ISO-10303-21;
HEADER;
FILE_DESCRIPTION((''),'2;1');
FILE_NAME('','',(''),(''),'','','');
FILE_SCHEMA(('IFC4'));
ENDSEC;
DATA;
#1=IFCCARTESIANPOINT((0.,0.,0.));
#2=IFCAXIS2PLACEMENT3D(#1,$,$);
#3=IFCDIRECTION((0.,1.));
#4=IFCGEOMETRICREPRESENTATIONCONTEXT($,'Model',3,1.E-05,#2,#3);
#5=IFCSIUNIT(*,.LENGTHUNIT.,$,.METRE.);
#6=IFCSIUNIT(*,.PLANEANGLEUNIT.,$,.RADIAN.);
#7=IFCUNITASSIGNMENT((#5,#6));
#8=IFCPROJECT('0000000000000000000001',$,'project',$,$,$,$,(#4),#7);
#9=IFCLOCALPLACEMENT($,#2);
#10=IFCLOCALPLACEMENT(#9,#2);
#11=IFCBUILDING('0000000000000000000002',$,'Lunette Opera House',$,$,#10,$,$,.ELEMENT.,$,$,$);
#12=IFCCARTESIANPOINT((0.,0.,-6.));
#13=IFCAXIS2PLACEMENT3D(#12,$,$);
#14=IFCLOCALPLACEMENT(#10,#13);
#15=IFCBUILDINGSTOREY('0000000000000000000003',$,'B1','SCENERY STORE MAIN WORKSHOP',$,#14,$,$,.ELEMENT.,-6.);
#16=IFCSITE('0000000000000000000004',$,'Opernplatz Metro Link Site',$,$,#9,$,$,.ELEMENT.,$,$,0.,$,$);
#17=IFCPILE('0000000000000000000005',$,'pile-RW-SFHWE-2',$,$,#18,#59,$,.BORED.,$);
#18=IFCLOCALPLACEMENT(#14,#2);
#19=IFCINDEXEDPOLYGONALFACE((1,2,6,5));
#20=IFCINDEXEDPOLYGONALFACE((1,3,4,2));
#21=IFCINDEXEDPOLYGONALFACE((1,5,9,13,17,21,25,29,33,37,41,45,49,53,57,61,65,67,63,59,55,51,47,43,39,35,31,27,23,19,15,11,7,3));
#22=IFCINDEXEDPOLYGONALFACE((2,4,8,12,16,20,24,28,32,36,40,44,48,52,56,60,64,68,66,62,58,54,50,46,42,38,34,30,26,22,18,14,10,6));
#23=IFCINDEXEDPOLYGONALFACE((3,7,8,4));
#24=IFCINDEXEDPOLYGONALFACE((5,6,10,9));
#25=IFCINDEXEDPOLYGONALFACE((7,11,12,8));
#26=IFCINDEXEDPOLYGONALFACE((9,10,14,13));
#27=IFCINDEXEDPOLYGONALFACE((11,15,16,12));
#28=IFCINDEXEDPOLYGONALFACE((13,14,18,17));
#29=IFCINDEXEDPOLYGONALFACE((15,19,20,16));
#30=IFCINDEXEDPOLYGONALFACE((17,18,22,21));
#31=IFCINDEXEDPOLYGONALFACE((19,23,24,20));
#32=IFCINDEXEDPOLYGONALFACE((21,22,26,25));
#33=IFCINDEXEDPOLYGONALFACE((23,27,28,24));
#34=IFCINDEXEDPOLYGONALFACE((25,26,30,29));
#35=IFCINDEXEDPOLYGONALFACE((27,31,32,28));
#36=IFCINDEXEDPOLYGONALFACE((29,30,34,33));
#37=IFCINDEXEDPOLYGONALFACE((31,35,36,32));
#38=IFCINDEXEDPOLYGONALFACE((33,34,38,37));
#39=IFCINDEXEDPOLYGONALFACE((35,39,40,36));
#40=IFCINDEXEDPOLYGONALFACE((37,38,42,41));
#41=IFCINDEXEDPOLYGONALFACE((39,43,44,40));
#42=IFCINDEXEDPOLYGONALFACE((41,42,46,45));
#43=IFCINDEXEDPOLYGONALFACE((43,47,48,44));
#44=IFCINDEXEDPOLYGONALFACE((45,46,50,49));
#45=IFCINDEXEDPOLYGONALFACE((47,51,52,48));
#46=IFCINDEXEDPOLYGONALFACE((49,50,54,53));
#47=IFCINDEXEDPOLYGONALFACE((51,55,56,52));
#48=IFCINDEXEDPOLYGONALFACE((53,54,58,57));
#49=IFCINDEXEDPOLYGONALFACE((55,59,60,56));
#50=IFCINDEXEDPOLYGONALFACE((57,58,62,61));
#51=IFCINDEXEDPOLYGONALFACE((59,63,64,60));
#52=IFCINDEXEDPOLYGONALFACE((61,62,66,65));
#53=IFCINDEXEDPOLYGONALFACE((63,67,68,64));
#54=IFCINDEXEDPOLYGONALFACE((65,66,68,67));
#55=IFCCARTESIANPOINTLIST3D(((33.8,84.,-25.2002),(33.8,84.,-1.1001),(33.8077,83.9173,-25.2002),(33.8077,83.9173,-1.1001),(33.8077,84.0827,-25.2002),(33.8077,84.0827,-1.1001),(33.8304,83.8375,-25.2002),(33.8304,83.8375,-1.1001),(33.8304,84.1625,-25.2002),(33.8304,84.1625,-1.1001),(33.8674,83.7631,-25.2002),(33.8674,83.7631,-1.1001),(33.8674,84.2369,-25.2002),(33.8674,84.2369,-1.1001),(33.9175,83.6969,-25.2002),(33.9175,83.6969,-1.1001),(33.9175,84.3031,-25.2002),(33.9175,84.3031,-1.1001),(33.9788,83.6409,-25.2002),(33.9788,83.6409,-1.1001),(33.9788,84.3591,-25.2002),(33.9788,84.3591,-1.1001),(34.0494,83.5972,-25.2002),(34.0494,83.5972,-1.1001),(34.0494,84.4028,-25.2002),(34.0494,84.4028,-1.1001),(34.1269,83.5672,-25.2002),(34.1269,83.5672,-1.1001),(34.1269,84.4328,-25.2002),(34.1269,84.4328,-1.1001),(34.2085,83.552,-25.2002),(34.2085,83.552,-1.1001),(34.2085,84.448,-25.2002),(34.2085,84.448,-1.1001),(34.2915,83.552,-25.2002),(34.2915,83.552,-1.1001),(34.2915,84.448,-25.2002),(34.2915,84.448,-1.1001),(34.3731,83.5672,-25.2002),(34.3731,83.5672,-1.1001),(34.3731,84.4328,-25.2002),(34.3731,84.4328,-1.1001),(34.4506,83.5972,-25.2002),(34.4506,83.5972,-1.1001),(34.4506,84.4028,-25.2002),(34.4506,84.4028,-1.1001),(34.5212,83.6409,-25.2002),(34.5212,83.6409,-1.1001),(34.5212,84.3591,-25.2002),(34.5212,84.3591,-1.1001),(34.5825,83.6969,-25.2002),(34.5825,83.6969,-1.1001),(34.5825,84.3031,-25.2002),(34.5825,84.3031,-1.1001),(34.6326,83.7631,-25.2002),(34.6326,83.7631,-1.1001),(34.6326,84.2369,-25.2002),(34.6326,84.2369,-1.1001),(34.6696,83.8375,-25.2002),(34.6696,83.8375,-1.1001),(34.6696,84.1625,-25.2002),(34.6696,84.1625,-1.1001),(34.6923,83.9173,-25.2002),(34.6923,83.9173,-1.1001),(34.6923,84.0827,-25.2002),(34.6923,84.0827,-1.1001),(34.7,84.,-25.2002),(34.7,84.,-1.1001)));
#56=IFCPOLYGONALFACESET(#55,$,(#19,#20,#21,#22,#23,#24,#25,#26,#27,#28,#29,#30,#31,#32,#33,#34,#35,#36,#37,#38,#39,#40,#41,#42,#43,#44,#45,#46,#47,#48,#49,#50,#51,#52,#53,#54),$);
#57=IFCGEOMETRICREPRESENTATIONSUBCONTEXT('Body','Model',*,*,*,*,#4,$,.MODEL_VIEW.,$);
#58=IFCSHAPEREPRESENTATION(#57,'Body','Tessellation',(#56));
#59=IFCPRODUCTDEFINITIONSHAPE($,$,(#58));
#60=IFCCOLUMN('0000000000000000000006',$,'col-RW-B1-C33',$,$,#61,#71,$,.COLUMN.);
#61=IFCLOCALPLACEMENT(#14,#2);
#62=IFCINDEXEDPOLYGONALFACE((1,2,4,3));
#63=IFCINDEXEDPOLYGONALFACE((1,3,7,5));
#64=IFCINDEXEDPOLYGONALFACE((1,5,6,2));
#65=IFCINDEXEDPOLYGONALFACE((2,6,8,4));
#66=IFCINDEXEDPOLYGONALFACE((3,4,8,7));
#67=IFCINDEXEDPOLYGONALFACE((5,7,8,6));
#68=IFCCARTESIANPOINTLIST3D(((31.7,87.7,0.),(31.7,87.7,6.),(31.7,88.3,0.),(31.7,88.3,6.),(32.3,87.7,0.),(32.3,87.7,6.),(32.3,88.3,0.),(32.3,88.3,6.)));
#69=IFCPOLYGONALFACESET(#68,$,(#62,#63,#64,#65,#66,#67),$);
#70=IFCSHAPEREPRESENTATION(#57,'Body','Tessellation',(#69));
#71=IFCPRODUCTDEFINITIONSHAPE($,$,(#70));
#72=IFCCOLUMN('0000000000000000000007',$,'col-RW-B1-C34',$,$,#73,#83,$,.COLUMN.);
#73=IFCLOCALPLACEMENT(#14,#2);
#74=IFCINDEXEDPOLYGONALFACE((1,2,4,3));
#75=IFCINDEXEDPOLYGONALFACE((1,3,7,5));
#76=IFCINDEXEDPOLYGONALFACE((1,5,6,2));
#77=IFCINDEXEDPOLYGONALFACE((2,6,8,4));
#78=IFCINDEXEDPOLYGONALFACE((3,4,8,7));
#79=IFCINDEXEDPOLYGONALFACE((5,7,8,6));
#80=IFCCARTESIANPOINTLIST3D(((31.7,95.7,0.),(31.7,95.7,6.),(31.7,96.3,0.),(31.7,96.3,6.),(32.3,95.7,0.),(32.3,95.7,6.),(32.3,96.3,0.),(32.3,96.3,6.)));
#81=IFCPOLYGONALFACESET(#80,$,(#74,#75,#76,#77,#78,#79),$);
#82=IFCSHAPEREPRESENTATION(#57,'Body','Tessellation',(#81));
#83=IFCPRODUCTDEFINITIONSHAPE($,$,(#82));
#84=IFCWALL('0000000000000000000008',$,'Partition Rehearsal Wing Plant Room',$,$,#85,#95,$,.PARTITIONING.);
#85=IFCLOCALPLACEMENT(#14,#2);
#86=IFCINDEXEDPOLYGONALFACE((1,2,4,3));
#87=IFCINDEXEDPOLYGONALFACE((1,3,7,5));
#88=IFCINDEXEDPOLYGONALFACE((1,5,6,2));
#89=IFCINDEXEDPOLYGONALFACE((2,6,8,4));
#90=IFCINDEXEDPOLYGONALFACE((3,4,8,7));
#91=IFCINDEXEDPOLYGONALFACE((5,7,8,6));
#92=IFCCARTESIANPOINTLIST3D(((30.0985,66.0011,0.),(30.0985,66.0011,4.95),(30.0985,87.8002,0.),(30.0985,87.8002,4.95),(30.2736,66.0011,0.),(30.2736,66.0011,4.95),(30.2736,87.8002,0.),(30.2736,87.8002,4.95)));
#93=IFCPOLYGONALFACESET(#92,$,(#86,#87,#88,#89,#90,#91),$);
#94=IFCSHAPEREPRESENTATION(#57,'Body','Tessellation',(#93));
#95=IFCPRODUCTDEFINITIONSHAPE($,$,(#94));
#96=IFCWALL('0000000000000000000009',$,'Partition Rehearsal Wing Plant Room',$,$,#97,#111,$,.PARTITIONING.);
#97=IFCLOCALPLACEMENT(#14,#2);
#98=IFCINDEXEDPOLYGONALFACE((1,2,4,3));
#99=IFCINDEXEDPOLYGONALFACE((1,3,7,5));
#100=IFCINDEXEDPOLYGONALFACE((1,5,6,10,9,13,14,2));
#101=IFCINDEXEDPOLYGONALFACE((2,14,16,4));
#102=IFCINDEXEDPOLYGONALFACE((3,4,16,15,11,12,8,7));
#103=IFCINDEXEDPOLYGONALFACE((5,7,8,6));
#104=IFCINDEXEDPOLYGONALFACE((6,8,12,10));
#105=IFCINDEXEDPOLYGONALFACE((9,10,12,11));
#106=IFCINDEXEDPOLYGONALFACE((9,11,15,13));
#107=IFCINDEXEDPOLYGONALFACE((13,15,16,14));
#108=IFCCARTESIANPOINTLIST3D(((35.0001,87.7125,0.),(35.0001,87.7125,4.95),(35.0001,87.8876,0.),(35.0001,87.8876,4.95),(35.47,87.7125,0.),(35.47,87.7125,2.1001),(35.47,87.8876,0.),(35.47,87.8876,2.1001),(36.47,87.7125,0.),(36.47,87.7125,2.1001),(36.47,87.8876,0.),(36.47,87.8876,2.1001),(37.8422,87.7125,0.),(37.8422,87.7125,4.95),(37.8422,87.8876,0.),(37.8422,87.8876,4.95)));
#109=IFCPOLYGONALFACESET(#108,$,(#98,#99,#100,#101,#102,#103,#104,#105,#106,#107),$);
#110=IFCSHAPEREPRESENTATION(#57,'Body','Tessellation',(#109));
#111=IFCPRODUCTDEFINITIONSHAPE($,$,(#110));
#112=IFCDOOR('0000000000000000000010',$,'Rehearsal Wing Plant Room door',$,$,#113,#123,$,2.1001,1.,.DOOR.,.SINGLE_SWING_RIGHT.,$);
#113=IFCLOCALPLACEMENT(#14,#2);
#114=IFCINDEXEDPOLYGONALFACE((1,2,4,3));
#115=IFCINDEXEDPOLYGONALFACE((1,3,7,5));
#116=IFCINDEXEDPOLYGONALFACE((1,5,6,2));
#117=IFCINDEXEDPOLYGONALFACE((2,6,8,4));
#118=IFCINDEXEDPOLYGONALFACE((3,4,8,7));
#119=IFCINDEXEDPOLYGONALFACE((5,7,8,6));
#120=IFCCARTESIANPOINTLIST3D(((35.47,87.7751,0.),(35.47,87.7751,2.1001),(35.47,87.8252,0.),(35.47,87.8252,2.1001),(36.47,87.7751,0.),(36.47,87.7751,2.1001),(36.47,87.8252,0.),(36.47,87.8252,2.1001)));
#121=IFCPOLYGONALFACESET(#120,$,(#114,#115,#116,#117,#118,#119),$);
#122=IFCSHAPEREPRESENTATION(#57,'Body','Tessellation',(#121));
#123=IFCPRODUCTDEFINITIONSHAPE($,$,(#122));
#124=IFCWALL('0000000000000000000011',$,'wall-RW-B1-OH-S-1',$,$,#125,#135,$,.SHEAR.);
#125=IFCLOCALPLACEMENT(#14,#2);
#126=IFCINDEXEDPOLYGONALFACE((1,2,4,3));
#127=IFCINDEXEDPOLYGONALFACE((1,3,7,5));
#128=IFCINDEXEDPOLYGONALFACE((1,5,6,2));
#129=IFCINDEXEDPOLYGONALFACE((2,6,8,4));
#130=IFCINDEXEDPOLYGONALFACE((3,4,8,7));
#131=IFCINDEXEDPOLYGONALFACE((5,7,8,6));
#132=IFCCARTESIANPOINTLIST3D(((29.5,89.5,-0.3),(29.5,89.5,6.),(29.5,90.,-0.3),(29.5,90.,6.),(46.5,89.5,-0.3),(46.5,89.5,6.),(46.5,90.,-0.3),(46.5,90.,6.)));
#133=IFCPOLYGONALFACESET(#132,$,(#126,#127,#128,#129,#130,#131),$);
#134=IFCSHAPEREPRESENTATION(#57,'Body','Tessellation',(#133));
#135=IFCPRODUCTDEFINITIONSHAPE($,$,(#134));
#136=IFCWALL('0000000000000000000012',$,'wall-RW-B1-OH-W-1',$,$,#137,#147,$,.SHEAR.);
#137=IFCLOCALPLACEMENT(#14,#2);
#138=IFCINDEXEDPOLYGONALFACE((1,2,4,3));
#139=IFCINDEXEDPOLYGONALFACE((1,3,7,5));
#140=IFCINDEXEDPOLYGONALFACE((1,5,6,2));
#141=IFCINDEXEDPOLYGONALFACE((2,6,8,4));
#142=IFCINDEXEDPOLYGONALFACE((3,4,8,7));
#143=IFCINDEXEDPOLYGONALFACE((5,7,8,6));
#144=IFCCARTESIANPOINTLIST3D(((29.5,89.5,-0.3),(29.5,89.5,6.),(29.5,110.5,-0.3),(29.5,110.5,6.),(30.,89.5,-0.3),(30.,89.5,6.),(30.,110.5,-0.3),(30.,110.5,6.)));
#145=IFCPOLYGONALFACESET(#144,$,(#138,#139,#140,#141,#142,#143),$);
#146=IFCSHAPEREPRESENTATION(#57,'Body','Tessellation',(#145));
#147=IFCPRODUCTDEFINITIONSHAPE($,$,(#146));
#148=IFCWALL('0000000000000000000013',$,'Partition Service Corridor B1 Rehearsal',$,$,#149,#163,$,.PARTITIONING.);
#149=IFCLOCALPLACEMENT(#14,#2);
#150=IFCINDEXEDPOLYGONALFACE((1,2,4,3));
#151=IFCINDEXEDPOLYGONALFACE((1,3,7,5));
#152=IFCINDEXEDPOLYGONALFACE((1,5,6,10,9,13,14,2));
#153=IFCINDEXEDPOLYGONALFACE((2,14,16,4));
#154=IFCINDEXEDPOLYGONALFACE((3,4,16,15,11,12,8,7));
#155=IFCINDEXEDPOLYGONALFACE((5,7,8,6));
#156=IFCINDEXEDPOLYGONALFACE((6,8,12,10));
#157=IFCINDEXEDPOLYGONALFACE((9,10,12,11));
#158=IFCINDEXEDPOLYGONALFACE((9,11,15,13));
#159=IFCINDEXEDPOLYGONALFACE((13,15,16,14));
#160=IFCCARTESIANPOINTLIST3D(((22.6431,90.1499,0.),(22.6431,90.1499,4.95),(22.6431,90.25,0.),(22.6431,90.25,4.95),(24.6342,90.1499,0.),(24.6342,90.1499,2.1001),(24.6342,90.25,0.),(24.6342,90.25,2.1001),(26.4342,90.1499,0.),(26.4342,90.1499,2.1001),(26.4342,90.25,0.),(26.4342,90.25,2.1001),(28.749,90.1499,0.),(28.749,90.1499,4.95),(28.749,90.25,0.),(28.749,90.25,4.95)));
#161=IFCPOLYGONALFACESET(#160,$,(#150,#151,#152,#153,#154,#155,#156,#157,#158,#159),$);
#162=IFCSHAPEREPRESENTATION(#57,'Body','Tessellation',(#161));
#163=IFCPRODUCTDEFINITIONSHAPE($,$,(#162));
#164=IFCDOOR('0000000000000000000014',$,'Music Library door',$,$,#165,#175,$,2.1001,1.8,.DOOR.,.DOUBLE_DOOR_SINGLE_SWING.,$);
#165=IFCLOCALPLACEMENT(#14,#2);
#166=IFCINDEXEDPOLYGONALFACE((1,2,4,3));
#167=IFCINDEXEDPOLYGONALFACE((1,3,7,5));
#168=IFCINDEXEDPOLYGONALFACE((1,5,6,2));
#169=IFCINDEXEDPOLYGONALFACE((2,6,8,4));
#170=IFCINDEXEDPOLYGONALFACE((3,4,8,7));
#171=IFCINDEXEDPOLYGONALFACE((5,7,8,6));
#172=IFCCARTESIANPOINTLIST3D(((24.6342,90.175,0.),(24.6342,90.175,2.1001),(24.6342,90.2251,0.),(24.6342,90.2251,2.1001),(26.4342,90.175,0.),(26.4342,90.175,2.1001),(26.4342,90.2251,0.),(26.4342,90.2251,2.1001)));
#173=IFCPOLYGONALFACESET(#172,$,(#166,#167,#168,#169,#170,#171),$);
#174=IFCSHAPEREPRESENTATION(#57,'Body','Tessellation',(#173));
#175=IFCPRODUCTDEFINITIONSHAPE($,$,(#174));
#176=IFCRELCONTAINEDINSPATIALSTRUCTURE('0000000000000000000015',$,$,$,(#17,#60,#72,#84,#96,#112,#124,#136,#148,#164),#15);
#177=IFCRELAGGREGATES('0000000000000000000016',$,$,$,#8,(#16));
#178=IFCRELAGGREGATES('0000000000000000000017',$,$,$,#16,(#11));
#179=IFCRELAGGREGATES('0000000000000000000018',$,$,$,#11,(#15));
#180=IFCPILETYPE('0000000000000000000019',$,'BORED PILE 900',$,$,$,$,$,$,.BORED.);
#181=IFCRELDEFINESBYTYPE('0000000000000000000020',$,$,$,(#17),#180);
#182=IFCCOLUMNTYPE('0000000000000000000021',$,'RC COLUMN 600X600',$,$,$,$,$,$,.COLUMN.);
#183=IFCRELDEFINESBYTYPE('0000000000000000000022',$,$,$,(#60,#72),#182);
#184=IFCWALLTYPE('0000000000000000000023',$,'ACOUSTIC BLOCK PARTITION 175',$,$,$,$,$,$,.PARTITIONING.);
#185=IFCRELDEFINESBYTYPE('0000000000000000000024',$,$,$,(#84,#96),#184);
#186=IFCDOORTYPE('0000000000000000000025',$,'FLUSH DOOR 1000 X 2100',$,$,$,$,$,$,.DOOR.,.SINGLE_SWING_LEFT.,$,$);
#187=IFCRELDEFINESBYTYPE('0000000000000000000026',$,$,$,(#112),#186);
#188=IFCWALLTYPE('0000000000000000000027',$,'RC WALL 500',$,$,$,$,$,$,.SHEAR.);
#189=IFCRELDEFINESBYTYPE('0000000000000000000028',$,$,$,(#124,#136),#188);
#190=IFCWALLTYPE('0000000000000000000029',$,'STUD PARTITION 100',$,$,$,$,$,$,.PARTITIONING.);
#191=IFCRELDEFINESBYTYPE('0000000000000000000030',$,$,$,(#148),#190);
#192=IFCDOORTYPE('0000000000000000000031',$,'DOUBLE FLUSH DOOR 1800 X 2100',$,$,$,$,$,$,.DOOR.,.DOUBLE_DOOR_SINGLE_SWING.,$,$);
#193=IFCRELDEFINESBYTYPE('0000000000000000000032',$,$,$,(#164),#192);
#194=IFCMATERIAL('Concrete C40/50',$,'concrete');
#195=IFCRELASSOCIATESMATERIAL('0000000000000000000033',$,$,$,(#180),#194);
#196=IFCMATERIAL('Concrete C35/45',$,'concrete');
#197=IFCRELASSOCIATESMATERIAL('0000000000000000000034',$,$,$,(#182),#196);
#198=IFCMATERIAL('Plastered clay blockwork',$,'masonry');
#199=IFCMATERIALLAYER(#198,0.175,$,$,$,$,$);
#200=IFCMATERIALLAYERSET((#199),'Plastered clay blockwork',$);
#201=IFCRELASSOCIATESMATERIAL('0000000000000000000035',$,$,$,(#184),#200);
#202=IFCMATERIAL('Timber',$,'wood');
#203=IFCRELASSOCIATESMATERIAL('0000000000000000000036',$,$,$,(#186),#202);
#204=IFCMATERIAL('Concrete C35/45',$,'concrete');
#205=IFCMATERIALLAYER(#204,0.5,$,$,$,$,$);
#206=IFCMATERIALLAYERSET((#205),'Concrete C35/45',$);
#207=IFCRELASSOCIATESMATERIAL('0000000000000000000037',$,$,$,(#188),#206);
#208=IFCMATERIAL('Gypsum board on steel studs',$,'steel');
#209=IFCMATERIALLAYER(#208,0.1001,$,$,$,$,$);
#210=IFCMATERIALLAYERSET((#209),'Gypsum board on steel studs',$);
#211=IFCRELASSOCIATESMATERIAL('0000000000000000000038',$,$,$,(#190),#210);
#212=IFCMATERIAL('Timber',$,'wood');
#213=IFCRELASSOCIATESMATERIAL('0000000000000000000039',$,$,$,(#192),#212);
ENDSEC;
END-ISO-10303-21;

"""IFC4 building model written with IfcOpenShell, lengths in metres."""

from ifc_helpers import new_model, si_unit, direction, frame, frame_2d, origin, origin_2d, place, context, subcontext, project, spatial, rectangle, circle, extrude, material, layer, layer_set, material_profile, profile_set, type_object, element, fill, save


model = new_model("IFC4")

# Units and contexts
model_context = context("Model", 3, precision=1e-05, world=origin(), true_north=direction((0.0, 1.0)))
body_context = subcontext(model_context, "Body", "Model", "MODEL_VIEW")
ifc_project = project(units=[si_unit("LENGTHUNIT", "METRE"), si_unit("PLANEANGLEUNIT", "RADIAN")], contexts=[model_context])

# Site, building, storey
site_placement = place(None, origin())
site = spatial("IfcSite", under=ifc_project, at=site_placement, Name="Opernplatz Metro Link Site", CompositionType="ELEMENT", RefElevation=0.0)
building_placement = place(site_placement, origin())
building = spatial("IfcBuilding", under=site, at=building_placement, Name="Lunette Opera House", CompositionType="ELEMENT")
storey_placement = place(building_placement, frame((0.0, 0.0, -6.0)))
storey = spatial("IfcBuildingStorey", under=building, at=storey_placement, Name="B1", Description="SCENERY STORE MAIN WORKSHOP", CompositionType="ELEMENT", Elevation=-6.0)

# Pile
ifc_material_1 = material(Name="Concrete C40/50", Category="concrete")
ifc_material_profile_1 = material_profile(ifc_material_1, circle(Radius=0.45, at=origin_2d()), Name="BORED PILE 900")
ifc_profile_set_1 = profile_set([ifc_material_profile_1], Name="Concrete C40/50")
pile_type = type_object("IfcPileType", Name="BORED PILE 900", PredefinedType="BORED", material=ifc_profile_set_1)
for number, where, z_axis, x_axis, name in (
    (1, (34.25, 84.0, -1.1001), (0.0, 0.0, -1.0), (1.0, 0.0, 0.0), "pile-RW-SFHWE-2"),
):
    element("IfcPile", number, at=place(storey_placement, frame(where, z_axis=z_axis, x_axis=x_axis)), inside=storey, type_object=pile_type, Name=name, PredefinedType="BORED", context=body_context, shape_type="SweptSolid", body=[
        extrude(circle(Radius=0.45, at=origin_2d()), origin(), (0.0, 0.0, 1.0), 24.1001),
    ])

# Columns
ifc_material_2 = material(Name="Concrete C35/45", Category="concrete")
ifc_material_profile_2 = material_profile(ifc_material_2, rectangle(XDim=0.6001, YDim=0.6001, at=origin_2d()), Name="RC COLUMN 600X600")
ifc_profile_set_2 = profile_set([ifc_material_profile_2], Name="Concrete C35/45")
column_type = type_object("IfcColumnType", Name="RC COLUMN 600X600", PredefinedType="COLUMN", material=ifc_profile_set_2)
for number, where, z_axis, x_axis, name in (
    (2, (32.0, 88.0, 0.0), (0.0, 0.0, 1.0), (1.0, 0.0, 0.0), "col-RW-B1-C33"),
    (3, (32.0, 96.0, 0.0), (0.0, 0.0, 1.0), (1.0, 0.0, 0.0), "col-RW-B1-C34"),
):
    element("IfcColumn", number, at=place(storey_placement, frame(where, z_axis=z_axis, x_axis=x_axis)), inside=storey, type_object=column_type, Name=name, PredefinedType="COLUMN", context=body_context, shape_type="SweptSolid", body=[
        extrude(rectangle(XDim=0.6001, YDim=0.6001, at=origin_2d()), origin(), (0.0, 0.0, 1.0), 6.0),
    ])

# Wall
ifc_material_3 = material(Name="Plastered clay blockwork", Category="masonry")
ifc_layer_1 = layer(ifc_material_3, 0.175)
ifc_layer_set_1 = layer_set([ifc_layer_1], Name="Plastered clay blockwork")
wall_type_1 = type_object("IfcWallType", Name="ACOUSTIC BLOCK PARTITION 175", PredefinedType="PARTITIONING", material=ifc_layer_set_1)
wall_1_placement = place(storey_placement, frame((30.186, 87.8, 0.0), z_axis=(0.0, 0.0, 1.0), x_axis=(0.0, -1.0, 0.0)))
element("IfcWall", 4, at=wall_1_placement, inside=storey, type_object=wall_type_1, Name="Partition Rehearsal Wing Plant Room", PredefinedType="PARTITIONING", context=body_context, shape_type="SweptSolid", body=[
    extrude(rectangle(XDim=21.7991, YDim=0.175, at=frame_2d((10.8994, 0.0))), origin(), (0.0, 0.0, 1.0), 4.95),
])

# Wall, opening, door
wall_2_placement = place(storey_placement, frame((37.842, 87.8, 0.0), z_axis=(0.0, 0.0, 1.0), x_axis=(-1.0, 0.0, 0.0)))
wall_2 = element("IfcWall", 5, at=wall_2_placement, inside=storey, type_object=wall_type_1, Name="Partition Rehearsal Wing Plant Room", PredefinedType="PARTITIONING", context=body_context, shape_type="SweptSolid", body=[
    extrude(rectangle(XDim=2.842, YDim=0.175, at=frame_2d((1.4209, 0.0))), origin(), (0.0, 0.0, 1.0), 4.95),
])
opening_1_placement = place(wall_2_placement, frame((1.3721, 0.0, 0.0)))
opening_1 = element("IfcOpeningElement", 6, at=opening_1_placement, cuts=wall_2, PredefinedType="OPENING", context=body_context, shape_type="SweptSolid", body=[
    extrude(rectangle(XDim=1.0, YDim=2.1001, at=frame_2d((0.5, 1.05))), frame((0.0, 0.0996, 0.0), z_axis=(0.0, -1.0, 0.0), x_axis=(1.0, 0.0, 0.0)), (0.0, 0.0, 1.0), 0.199),
])
ifc_material_4 = material(Name="Timber", Category="wood")
door_type_1 = type_object("IfcDoorType", Name="FLUSH DOOR 1000 X 2100", OperationType="SINGLE_SWING_LEFT", PredefinedType="DOOR", material=ifc_material_4)
door_1_placement = place(opening_1_placement, origin())
door_1 = element("IfcDoor", 7, at=door_1_placement, inside=storey, type_object=door_type_1, Name="Rehearsal Wing Plant Room door", OperationType="SINGLE_SWING_RIGHT", OverallHeight=2.1001, OverallWidth=1.0, PredefinedType="DOOR", context=body_context, shape_type="SweptSolid", body=[
    extrude(rectangle(XDim=1.0, YDim=2.1001, at=frame_2d((0.5, 1.05))), frame((0.0, 0.0249, 0.0), z_axis=(0.0, -1.0, 0.0), x_axis=(1.0, 0.0, 0.0)), (0.0, 0.0, 1.0), 0.05),
])
fill(opening_1, door_1)

# Walls
ifc_material_5 = material(Name="Concrete C35/45", Category="concrete")
ifc_layer_2 = layer(ifc_material_5, 0.5)
ifc_layer_set_2 = layer_set([ifc_layer_2], Name="Concrete C35/45")
wall_type_2 = type_object("IfcWallType", Name="RC WALL 500", PredefinedType="SHEAR", material=ifc_layer_set_2)
wall_3_placement = place(storey_placement, frame((29.5, 89.75, -0.3), z_axis=(0.0, 0.0, 1.0), x_axis=(1.0, 0.0, 0.0)))
element("IfcWall", 8, at=wall_3_placement, inside=storey, type_object=wall_type_2, Name="wall-RW-B1-OH-S-1", PredefinedType="SHEAR", context=body_context, shape_type="SweptSolid", body=[
    extrude(rectangle(XDim=17.0, YDim=0.5, at=frame_2d((8.5, 0.0))), origin(), (0.0, 0.0, 1.0), 6.3),
])
wall_4_placement = place(storey_placement, frame((29.75, 89.5, -0.3), z_axis=(0.0, 0.0, 1.0), x_axis=(0.0, 1.0, 0.0)))
element("IfcWall", 9, at=wall_4_placement, inside=storey, type_object=wall_type_2, Name="wall-RW-B1-OH-W-1", PredefinedType="SHEAR", context=body_context, shape_type="SweptSolid", body=[
    extrude(rectangle(XDim=21.0, YDim=0.5, at=frame_2d((10.5, 0.0))), origin(), (0.0, 0.0, 1.0), 6.3),
])

# Wall, opening, door
ifc_material_6 = material(Name="Gypsum board on steel studs", Category="steel")
ifc_layer_3 = layer(ifc_material_6, 0.1001)
ifc_layer_set_3 = layer_set([ifc_layer_3], Name="Gypsum board on steel studs")
wall_type_3 = type_object("IfcWallType", Name="STUD PARTITION 100", PredefinedType="PARTITIONING", material=ifc_layer_set_3)
wall_5_placement = place(storey_placement, frame((28.749, 90.2, 0.0), z_axis=(0.0, 0.0, 1.0), x_axis=(-1.0, 0.0, 0.0)))
wall_5 = element("IfcWall", 10, at=wall_5_placement, inside=storey, type_object=wall_type_3, Name="Partition Service Corridor B1 Rehearsal", PredefinedType="PARTITIONING", context=body_context, shape_type="SweptSolid", body=[
    extrude(rectangle(XDim=6.106, YDim=0.1001, at=frame_2d((3.053, 0.0))), origin(), (0.0, 0.0, 1.0), 4.95),
])
opening_2_placement = place(wall_5_placement, frame((2.3149, 0.0, 0.0)))
opening_2 = element("IfcOpeningElement", 11, at=opening_2_placement, cuts=wall_5, PredefinedType="OPENING", context=body_context, shape_type="SweptSolid", body=[
    extrude(rectangle(XDim=1.8, YDim=2.1001, at=frame_2d((0.8999, 1.05))), frame((0.0, 0.062, 0.0), z_axis=(0.0, -1.0, 0.0), x_axis=(1.0, 0.0, 0.0)), (0.0, 0.0, 1.0), 0.124),
])
ifc_material_7 = material(Name="Timber", Category="wood")
door_type_2 = type_object("IfcDoorType", Name="DOUBLE FLUSH DOOR 1800 X 2100", OperationType="DOUBLE_DOOR_SINGLE_SWING", PredefinedType="DOOR", material=ifc_material_7)
door_2_placement = place(opening_2_placement, origin())
door_2 = element("IfcDoor", 12, at=door_2_placement, inside=storey, type_object=door_type_2, Name="Music Library door", OperationType="DOUBLE_DOOR_SINGLE_SWING", OverallHeight=2.1001, OverallWidth=1.8, PredefinedType="DOOR", context=body_context, shape_type="SweptSolid", body=[
    extrude(rectangle(XDim=1.8, YDim=2.1001, at=frame_2d((0.8999, 1.05))), frame((0.0, 0.0249, 0.0), z_axis=(0.0, -1.0, 0.0), x_axis=(1.0, 0.0, 0.0)), (0.0, 0.0, 1.0), 0.05),
])
fill(opening_2, door_2)

save(model, "model.ifc")
